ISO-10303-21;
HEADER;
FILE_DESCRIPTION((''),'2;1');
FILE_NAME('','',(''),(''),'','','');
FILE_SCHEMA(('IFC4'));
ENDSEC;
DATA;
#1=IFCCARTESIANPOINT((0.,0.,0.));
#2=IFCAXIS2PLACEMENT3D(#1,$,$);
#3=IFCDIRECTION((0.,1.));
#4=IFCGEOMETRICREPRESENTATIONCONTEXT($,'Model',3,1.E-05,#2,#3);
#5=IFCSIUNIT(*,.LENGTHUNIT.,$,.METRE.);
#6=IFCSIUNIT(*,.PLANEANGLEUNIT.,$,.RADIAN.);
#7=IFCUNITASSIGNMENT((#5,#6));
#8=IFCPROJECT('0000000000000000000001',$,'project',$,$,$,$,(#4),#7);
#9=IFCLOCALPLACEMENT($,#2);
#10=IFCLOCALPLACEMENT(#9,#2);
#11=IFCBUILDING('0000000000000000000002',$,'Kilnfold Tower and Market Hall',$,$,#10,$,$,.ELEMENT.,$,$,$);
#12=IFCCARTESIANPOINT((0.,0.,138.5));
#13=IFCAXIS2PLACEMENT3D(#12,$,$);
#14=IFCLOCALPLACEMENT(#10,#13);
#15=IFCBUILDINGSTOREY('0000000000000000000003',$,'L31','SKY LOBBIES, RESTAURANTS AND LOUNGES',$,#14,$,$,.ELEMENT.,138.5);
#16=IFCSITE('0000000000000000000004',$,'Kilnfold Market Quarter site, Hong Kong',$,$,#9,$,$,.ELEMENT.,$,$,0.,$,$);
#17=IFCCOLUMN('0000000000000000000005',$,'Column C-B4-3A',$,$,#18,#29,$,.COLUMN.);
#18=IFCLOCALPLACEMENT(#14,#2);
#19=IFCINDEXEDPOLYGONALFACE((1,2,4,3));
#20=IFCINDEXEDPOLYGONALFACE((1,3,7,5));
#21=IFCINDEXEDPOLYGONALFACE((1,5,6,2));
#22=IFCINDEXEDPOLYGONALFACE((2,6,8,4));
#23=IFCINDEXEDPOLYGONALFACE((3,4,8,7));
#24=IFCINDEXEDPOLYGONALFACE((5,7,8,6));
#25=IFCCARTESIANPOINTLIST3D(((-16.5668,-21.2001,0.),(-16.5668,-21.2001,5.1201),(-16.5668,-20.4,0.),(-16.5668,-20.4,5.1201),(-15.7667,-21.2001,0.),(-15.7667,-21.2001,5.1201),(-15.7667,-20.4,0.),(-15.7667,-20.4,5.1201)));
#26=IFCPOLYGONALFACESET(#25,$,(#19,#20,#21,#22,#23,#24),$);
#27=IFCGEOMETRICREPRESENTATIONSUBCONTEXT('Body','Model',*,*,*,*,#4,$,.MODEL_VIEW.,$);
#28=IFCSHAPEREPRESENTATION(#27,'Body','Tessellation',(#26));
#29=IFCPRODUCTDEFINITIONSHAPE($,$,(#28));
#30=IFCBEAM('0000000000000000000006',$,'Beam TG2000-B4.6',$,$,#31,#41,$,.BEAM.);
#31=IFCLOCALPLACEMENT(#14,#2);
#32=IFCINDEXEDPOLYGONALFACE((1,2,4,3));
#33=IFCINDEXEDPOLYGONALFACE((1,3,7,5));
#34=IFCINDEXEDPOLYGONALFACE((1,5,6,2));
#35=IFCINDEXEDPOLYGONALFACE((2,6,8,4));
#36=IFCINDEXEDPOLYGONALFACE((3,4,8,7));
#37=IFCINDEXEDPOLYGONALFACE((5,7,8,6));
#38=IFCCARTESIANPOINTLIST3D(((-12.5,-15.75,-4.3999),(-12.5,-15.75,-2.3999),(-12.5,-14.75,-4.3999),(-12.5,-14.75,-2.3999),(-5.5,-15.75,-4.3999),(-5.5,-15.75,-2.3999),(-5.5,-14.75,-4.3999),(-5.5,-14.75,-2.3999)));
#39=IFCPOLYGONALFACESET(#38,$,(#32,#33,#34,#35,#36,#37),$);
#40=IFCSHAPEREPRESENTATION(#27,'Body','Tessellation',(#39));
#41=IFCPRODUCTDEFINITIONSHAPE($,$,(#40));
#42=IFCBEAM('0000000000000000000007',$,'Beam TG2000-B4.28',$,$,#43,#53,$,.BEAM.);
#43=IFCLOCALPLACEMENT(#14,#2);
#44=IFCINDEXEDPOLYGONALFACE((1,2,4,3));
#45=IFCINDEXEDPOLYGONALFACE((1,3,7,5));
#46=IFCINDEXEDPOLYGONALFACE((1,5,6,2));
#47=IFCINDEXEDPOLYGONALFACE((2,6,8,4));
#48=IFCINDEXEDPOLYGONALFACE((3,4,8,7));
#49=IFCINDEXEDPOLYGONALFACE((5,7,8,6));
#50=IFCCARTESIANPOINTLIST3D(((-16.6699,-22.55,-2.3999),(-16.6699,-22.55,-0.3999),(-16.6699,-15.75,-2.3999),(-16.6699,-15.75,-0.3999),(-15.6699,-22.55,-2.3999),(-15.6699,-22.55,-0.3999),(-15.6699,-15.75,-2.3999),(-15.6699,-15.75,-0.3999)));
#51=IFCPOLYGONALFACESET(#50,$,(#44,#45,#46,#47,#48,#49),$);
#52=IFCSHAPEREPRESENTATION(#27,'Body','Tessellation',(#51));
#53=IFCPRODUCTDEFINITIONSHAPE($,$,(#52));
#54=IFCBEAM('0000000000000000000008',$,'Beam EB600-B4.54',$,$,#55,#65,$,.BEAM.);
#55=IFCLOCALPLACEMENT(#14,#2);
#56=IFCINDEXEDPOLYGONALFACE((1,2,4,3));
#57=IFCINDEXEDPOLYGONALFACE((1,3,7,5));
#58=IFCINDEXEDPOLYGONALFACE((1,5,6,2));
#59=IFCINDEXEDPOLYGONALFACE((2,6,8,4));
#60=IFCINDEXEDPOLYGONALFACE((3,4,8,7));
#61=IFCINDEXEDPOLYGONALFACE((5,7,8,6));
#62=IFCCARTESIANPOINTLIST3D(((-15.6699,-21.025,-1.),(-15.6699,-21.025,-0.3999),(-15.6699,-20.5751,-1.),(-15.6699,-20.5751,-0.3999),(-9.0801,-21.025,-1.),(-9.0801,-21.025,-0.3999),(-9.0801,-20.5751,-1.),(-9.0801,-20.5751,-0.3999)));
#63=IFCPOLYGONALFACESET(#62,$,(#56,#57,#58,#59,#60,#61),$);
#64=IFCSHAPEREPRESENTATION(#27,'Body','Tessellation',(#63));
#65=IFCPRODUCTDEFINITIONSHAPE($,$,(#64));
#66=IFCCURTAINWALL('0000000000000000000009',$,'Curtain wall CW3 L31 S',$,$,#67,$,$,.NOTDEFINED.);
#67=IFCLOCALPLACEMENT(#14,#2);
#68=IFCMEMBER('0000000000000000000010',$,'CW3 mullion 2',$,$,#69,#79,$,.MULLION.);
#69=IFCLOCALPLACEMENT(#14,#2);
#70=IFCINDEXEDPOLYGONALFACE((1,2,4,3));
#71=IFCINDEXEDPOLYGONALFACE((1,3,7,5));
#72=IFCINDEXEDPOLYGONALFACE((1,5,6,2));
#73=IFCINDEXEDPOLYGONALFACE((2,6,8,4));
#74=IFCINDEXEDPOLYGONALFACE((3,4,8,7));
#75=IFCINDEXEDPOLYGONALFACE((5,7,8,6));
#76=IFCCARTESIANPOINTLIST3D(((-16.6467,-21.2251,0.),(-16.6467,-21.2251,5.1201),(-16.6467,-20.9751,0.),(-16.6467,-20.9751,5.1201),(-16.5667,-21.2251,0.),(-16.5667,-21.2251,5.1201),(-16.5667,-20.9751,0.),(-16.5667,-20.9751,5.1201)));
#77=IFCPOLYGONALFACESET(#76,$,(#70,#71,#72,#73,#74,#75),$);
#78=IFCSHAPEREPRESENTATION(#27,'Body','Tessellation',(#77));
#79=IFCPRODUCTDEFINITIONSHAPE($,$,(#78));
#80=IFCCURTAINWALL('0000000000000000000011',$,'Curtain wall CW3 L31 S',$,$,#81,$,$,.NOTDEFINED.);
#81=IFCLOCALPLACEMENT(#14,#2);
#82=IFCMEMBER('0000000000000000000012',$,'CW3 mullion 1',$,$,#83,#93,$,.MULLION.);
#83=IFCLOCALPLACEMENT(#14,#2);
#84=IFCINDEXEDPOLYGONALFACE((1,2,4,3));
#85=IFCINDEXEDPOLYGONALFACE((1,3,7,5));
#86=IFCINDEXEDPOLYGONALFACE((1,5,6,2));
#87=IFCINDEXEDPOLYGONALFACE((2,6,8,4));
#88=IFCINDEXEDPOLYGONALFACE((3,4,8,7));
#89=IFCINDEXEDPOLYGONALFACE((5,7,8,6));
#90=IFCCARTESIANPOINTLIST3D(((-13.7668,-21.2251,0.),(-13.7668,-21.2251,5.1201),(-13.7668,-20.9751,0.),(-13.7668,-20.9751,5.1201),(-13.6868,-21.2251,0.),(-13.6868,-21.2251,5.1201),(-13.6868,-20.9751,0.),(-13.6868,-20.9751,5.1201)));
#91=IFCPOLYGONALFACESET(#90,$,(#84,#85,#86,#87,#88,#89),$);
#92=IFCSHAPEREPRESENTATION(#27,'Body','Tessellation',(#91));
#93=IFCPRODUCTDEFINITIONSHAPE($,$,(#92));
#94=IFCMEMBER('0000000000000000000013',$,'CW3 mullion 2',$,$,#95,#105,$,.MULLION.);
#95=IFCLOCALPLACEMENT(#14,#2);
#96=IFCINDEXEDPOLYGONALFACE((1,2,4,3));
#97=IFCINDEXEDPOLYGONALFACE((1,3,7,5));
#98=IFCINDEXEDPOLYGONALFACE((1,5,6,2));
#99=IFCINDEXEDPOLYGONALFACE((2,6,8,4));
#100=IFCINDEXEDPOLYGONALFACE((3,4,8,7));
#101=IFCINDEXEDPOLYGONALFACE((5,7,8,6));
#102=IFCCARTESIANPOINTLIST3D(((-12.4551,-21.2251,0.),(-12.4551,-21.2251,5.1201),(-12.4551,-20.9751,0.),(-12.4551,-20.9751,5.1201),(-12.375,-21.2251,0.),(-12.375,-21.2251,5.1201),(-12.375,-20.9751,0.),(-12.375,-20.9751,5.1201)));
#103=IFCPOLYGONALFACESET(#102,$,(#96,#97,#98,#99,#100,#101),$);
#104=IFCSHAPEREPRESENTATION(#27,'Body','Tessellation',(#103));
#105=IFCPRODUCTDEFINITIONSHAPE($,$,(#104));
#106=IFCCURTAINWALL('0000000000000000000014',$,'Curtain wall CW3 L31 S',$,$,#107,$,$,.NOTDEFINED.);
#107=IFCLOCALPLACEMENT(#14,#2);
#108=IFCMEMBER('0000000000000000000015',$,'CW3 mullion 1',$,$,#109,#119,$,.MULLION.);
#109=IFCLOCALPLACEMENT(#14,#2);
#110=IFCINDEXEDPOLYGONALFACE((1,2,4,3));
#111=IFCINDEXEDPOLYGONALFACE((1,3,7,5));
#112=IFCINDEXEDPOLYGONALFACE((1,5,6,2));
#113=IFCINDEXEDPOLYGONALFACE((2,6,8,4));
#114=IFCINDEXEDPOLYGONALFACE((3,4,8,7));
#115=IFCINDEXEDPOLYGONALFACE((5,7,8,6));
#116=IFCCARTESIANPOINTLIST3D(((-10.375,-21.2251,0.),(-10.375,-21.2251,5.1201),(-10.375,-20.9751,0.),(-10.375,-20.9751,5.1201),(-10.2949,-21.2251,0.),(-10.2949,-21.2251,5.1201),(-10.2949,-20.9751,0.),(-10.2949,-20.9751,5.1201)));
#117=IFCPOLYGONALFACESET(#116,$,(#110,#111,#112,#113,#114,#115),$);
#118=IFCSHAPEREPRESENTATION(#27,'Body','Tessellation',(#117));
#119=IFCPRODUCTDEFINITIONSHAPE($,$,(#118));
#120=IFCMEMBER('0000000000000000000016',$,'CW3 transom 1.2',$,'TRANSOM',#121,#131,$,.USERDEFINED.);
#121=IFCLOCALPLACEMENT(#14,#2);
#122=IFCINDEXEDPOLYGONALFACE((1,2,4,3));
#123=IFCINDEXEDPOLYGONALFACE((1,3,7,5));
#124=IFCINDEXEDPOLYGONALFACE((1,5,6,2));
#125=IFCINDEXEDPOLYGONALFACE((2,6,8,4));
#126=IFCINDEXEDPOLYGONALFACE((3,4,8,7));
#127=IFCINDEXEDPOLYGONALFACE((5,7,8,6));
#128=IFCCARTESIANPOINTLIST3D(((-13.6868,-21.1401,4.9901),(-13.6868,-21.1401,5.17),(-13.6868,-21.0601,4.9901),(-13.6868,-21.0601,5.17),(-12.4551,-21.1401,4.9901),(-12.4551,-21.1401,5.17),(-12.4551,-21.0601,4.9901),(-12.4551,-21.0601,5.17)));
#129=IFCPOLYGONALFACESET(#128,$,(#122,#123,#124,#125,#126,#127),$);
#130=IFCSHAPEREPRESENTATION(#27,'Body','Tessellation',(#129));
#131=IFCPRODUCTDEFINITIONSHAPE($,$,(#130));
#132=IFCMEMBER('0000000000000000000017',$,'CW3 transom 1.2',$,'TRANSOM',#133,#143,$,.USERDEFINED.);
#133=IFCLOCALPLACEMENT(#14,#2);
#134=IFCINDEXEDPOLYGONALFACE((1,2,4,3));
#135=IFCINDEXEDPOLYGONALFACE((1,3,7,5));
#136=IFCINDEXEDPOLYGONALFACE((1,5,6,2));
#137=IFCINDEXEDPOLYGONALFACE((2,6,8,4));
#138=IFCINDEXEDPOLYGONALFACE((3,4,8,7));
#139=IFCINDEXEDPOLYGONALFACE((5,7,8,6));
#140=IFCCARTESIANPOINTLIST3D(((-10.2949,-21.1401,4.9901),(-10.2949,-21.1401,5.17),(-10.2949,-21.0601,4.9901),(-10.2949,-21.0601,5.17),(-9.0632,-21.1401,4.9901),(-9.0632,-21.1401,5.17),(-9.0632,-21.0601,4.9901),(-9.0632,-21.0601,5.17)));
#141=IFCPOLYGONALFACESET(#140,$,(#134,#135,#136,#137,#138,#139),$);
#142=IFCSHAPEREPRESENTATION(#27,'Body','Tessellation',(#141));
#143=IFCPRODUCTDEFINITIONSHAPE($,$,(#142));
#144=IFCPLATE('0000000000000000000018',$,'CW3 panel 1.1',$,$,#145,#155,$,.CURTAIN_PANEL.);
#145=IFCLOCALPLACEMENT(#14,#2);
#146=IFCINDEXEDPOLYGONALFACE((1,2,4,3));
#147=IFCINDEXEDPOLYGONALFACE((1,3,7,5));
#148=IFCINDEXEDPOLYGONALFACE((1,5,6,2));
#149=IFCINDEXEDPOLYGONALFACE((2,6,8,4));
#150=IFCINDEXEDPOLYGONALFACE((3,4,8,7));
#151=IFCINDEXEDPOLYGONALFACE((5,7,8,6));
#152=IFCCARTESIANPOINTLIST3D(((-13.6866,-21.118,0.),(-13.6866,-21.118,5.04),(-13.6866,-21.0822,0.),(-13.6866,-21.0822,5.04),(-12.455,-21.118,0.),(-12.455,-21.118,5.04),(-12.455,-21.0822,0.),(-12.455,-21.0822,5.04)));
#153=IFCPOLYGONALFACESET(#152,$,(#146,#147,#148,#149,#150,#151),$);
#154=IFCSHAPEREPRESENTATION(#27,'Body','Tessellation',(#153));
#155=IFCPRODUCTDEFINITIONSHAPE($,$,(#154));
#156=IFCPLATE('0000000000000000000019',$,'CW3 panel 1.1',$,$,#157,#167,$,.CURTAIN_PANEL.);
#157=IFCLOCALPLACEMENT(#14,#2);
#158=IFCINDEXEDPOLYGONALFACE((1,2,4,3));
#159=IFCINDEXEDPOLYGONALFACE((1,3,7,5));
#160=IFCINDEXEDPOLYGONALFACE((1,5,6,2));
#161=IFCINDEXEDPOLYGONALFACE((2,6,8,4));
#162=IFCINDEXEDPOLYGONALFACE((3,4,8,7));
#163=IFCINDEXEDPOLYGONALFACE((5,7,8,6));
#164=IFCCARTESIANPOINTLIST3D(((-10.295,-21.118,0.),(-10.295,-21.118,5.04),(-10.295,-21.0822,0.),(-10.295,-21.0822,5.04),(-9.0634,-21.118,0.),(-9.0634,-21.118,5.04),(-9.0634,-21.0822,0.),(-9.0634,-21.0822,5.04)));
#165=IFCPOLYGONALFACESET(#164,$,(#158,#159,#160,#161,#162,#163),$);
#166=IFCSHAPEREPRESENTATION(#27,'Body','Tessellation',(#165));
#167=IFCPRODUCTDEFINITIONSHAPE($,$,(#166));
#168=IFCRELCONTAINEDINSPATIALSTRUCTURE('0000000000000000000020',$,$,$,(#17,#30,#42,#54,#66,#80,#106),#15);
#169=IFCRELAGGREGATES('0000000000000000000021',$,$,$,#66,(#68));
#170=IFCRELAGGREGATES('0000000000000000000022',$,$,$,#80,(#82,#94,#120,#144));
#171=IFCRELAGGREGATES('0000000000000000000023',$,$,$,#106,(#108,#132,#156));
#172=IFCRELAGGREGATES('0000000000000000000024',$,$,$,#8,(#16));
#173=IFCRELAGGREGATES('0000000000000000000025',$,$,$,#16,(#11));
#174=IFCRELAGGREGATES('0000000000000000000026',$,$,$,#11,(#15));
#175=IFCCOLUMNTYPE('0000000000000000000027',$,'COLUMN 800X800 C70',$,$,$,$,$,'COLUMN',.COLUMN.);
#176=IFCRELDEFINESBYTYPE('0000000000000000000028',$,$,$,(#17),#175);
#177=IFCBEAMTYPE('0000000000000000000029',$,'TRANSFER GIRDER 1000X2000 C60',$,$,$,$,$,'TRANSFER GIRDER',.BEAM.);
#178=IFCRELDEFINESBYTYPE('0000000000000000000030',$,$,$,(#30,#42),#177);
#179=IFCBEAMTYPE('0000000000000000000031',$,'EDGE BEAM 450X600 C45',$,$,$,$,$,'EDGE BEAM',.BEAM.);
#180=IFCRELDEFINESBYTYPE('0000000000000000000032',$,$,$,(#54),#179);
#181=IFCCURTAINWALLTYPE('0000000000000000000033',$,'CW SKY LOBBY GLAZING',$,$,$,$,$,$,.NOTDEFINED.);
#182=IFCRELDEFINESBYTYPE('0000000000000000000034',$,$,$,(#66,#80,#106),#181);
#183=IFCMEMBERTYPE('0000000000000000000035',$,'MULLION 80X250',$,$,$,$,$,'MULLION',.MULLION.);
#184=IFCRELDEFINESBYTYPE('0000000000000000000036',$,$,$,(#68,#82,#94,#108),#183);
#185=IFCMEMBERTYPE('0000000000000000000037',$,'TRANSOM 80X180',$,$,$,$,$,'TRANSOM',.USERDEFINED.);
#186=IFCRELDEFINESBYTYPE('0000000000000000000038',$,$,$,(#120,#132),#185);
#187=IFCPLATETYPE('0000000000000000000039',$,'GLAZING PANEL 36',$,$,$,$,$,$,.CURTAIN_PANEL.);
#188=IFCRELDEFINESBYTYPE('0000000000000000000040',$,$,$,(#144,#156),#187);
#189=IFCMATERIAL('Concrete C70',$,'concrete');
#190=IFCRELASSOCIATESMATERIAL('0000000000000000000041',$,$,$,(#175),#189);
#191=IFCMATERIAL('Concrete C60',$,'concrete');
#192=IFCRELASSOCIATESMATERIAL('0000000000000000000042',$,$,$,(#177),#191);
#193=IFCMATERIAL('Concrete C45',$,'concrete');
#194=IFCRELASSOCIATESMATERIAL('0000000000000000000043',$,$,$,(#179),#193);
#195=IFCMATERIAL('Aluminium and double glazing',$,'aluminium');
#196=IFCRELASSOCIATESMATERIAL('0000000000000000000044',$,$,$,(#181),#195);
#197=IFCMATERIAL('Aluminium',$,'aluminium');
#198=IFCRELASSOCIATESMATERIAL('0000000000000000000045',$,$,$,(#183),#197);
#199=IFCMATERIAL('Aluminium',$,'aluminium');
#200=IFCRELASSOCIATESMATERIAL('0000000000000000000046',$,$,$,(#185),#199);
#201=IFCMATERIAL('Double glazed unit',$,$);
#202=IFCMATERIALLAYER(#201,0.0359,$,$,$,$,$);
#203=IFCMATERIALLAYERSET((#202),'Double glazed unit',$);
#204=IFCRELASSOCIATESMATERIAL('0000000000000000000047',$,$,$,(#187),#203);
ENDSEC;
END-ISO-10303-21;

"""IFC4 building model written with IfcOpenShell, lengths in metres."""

from ifc_helpers import new_model, si_unit, direction, frame, origin, origin_2d, place, context, subcontext, project, spatial, rectangle, extrude, source, transform, mapped, material, layer, layer_set, material_profile, profile_set, type_object, element, aggregate, save


model = new_model("IFC4")

# Units and contexts
model_context = context("Model", 3, precision=1e-05, world=origin(), true_north=direction((0.0, 1.0)))
body_context = subcontext(model_context, "Body", "Model", "MODEL_VIEW")
ifc_project = project(units=[si_unit("LENGTHUNIT", "METRE"), si_unit("PLANEANGLEUNIT", "RADIAN")], contexts=[model_context])

# Site, building, storey
site_placement = place(None, origin())
site = spatial("IfcSite", under=ifc_project, at=site_placement, Name="Kilnfold Market Quarter site, Hong Kong", CompositionType="ELEMENT", RefElevation=0.0)
building_placement = place(site_placement, origin())
building = spatial("IfcBuilding", under=site, at=building_placement, Name="Kilnfold Tower and Market Hall", CompositionType="ELEMENT")
storey_placement = place(building_placement, frame((0.0, 0.0, 138.5)))
storey = spatial("IfcBuildingStorey", under=building, at=storey_placement, Name="L31", Description="SKY LOBBIES, RESTAURANTS AND LOUNGES", CompositionType="ELEMENT", Elevation=138.5)

# Column
ifc_material_1 = material(Name="Concrete C70", Category="concrete")
ifc_material_profile_1 = material_profile(ifc_material_1, rectangle(XDim=0.8, YDim=0.8, at=origin_2d()), Name="RC 800x800")
ifc_profile_set_1 = profile_set([ifc_material_profile_1], Name="Concrete C70")
column_type = type_object("IfcColumnType", Name="COLUMN 800X800 C70", ElementType="COLUMN", PredefinedType="COLUMN", material=ifc_profile_set_1)
shared_shape_1 = source(origin(), body_context, "Body", "SweptSolid", [
    extrude(rectangle(XDim=0.8, YDim=0.8, at=origin_2d()), origin(), (0.0, 0.0, 1.0), 5.1201),
])
column_placement = place(storey_placement, frame((-16.1667, -20.8, 0.0), z_axis=(0.0, 0.0, 1.0), x_axis=(1.0, 0.0, 0.0)))
element("IfcColumn", 1, at=column_placement, inside=storey, type_object=column_type, Name="Column C-B4-3A", PredefinedType="COLUMN", context=body_context, shape_type="MappedRepresentation", body=[
    mapped(shared_shape_1, transform((0.0, 0.0, 0.0))),
])

# Beams
ifc_material_2 = material(Name="Concrete C60", Category="concrete")
ifc_material_profile_2 = material_profile(ifc_material_2, rectangle(XDim=1.0, YDim=2.0, at=origin_2d()), Name="RC 1000x2000")
ifc_profile_set_2 = profile_set([ifc_material_profile_2], Name="Concrete C60")
beam_type_1 = type_object("IfcBeamType", Name="TRANSFER GIRDER 1000X2000 C60", ElementType="TRANSFER GIRDER", PredefinedType="BEAM", material=ifc_profile_set_2)
shared_shape_2 = source(origin(), body_context, "Body", "SweptSolid", [
    extrude(rectangle(XDim=1.0, YDim=2.0, at=origin_2d()), origin(), (0.0, 0.0, 1.0), 7.0),
])
beam_1_placement = place(storey_placement, frame((-12.5, -15.25, -3.3999), z_axis=(1.0, 0.0, 0.0), x_axis=(0.0, 1.0, 0.0)))
element("IfcBeam", 2, at=beam_1_placement, inside=storey, type_object=beam_type_1, Name="Beam TG2000-B4.6", PredefinedType="BEAM", context=body_context, shape_type="MappedRepresentation", body=[
    mapped(shared_shape_2, transform((0.0, 0.0, 0.0))),
])
shared_shape_3 = source(origin(), body_context, "Body", "SweptSolid", [
    extrude(rectangle(XDim=1.0, YDim=2.0, at=origin_2d()), origin(), (0.0, 0.0, 1.0), 6.8),
])
beam_2_placement = place(storey_placement, frame((-16.1699, -22.55, -1.3999), z_axis=(0.0, 1.0, 0.0), x_axis=(-1.0, 0.0, 0.0)))
element("IfcBeam", 3, at=beam_2_placement, inside=storey, type_object=beam_type_1, Name="Beam TG2000-B4.28", PredefinedType="BEAM", context=body_context, shape_type="MappedRepresentation", body=[
    mapped(shared_shape_3, transform((0.0, 0.0, 0.0))),
])
ifc_material_3 = material(Name="Concrete C45", Category="concrete")
ifc_material_profile_3 = material_profile(ifc_material_3, rectangle(XDim=0.45, YDim=0.6001, at=origin_2d()), Name="RC 450x600")
ifc_profile_set_3 = profile_set([ifc_material_profile_3], Name="Concrete C45")
beam_type_2 = type_object("IfcBeamType", Name="EDGE BEAM 450X600 C45", ElementType="EDGE BEAM", PredefinedType="BEAM", material=ifc_profile_set_3)
shared_shape_4 = source(origin(), body_context, "Body", "SweptSolid", [
    extrude(rectangle(XDim=0.45, YDim=0.6001, at=origin_2d()), origin(), (0.0, 0.0, 1.0), 6.5898),
])
beam_3_placement = place(storey_placement, frame((-15.6699, -20.8, -0.7), z_axis=(1.0, 0.0, 0.0), x_axis=(0.0, 1.0, 0.0)))
element("IfcBeam", 4, at=beam_3_placement, inside=storey, type_object=beam_type_2, Name="Beam EB600-B4.54", PredefinedType="BEAM", context=body_context, shape_type="MappedRepresentation", body=[
    mapped(shared_shape_4, transform((0.0, 0.0, 0.0))),
])

# Curtain wall, member
ifc_material_4 = material(Name="Aluminium and double glazing", Category="aluminium")
curtain_wall_type = type_object("IfcCurtainWallType", Name="CW SKY LOBBY GLAZING", PredefinedType="NOTDEFINED", material=ifc_material_4)
curtain_wall_1_placement = place(storey_placement, origin())
curtain_wall_1 = element("IfcCurtainWall", 5, at=curtain_wall_1_placement, inside=storey, type_object=curtain_wall_type, Name="Curtain wall CW3 L31 S", PredefinedType="NOTDEFINED")
ifc_material_5 = material(Name="Aluminium", Category="aluminium")
ifc_material_profile_4 = material_profile(ifc_material_5, rectangle(XDim=0.0801, YDim=0.25, at=origin_2d()), Name="MULLION 80x250")
ifc_profile_set_4 = profile_set([ifc_material_profile_4], Name="Aluminium")
member_type_1 = type_object("IfcMemberType", Name="MULLION 80X250", ElementType="MULLION", PredefinedType="MULLION", material=ifc_profile_set_4)
shared_shape_5 = source(origin(), body_context, "Body", "SweptSolid", [
    extrude(rectangle(XDim=0.0801, YDim=0.25, at=origin_2d()), origin(), (0.0, 0.0, 1.0), 5.1201),
])
member_1_placement = place(storey_placement, frame((-16.6067, -21.1001, 0.0), z_axis=(0.0, 0.0, 1.0), x_axis=(1.0, 0.0, 0.0)))
member_1 = element("IfcMember", 6, at=member_1_placement, type_object=member_type_1, Name="CW3 mullion 2", PredefinedType="MULLION", context=body_context, shape_type="MappedRepresentation", body=[
    mapped(shared_shape_5, transform((0.0, 0.0, 0.0))),
])
aggregate(curtain_wall_1, [member_1])

# Curtain wall, members
curtain_wall_2_placement = place(storey_placement, origin())
curtain_wall_2 = element("IfcCurtainWall", 7, at=curtain_wall_2_placement, inside=storey, type_object=curtain_wall_type, Name="Curtain wall CW3 L31 S", PredefinedType="NOTDEFINED")
member_2_placement = place(storey_placement, frame((-13.7268, -21.1001, 0.0), z_axis=(0.0, 0.0, 1.0), x_axis=(1.0, 0.0, 0.0)))
member_2 = element("IfcMember", 8, at=member_2_placement, type_object=member_type_1, Name="CW3 mullion 1", PredefinedType="MULLION", context=body_context, shape_type="MappedRepresentation", body=[
    mapped(shared_shape_5, transform((0.0, 0.0, 0.0))),
])
member_3_placement = place(storey_placement, frame((-12.415, -21.1001, 0.0), z_axis=(0.0, 0.0, 1.0), x_axis=(1.0, 0.0, 0.0)))
member_3 = element("IfcMember", 9, at=member_3_placement, type_object=member_type_1, Name="CW3 mullion 2", PredefinedType="MULLION", context=body_context, shape_type="MappedRepresentation", body=[
    mapped(shared_shape_5, transform((0.0, 0.0, 0.0))),
])

# Curtain wall, member
curtain_wall_3_placement = place(storey_placement, origin())
curtain_wall_3 = element("IfcCurtainWall", 10, at=curtain_wall_3_placement, inside=storey, type_object=curtain_wall_type, Name="Curtain wall CW3 L31 S", PredefinedType="NOTDEFINED")
member_4_placement = place(storey_placement, frame((-10.335, -21.1001, 0.0), z_axis=(0.0, 0.0, 1.0), x_axis=(1.0, 0.0, 0.0)))
member_4 = element("IfcMember", 11, at=member_4_placement, type_object=member_type_1, Name="CW3 mullion 1", PredefinedType="MULLION", context=body_context, shape_type="MappedRepresentation", body=[
    mapped(shared_shape_5, transform((0.0, 0.0, 0.0))),
])

# Members
ifc_material_6 = material(Name="Aluminium", Category="aluminium")
ifc_material_profile_5 = material_profile(ifc_material_6, rectangle(XDim=0.0801, YDim=0.1799, at=origin_2d()), Name="TRANSOM 80x180")
ifc_profile_set_5 = profile_set([ifc_material_profile_5], Name="Aluminium")
member_type_2 = type_object("IfcMemberType", Name="TRANSOM 80X180", ElementType="TRANSOM", PredefinedType="USERDEFINED", material=ifc_profile_set_5)
shared_shape_6 = source(origin(), body_context, "Body", "SweptSolid", [
    extrude(rectangle(XDim=0.0801, YDim=0.1799, at=origin_2d()), origin(), (0.0, 0.0, 1.0), 1.2317),
])
member_5_placement = place(storey_placement, frame((-13.6868, -21.1001, 5.0801), z_axis=(1.0, 0.0, 0.0), x_axis=(0.0, 1.0, 0.0)))
member_5 = element("IfcMember", 12, at=member_5_placement, type_object=member_type_2, Name="CW3 transom 1.2", ObjectType="TRANSOM", PredefinedType="USERDEFINED", context=body_context, shape_type="MappedRepresentation", body=[
    mapped(shared_shape_6, transform((0.0, 0.0, 0.0))),
])
member_6_placement = place(storey_placement, frame((-10.2949, -21.1001, 5.0801), z_axis=(1.0, 0.0, 0.0), x_axis=(0.0, 1.0, 0.0)))
member_6 = element("IfcMember", 13, at=member_6_placement, type_object=member_type_2, Name="CW3 transom 1.2", ObjectType="TRANSOM", PredefinedType="USERDEFINED", context=body_context, shape_type="MappedRepresentation", body=[
    mapped(shared_shape_6, transform((0.0, 0.0, 0.0))),
])

# Plates
ifc_material_7 = material(Name="Double glazed unit")
ifc_layer_1 = layer(ifc_material_7, 0.0359)
ifc_layer_set_1 = layer_set([ifc_layer_1], Name="Double glazed unit")
plate_type = type_object("IfcPlateType", Name="GLAZING PANEL 36", PredefinedType="CURTAIN_PANEL", material=ifc_layer_set_1)
shared_shape_7 = source(origin(), body_context, "Body", "SweptSolid", [
    extrude(rectangle(XDim=1.2317, YDim=0.0359, at=origin_2d()), origin(), (0.0, 0.0, 1.0), 5.04),
])
plate_1_placement = place(storey_placement, frame((-13.0708, -21.1001, 0.0), z_axis=(0.0, 0.0, 1.0), x_axis=(1.0, 0.0, 0.0)))
plate_1 = element("IfcPlate", 14, at=plate_1_placement, type_object=plate_type, Name="CW3 panel 1.1", PredefinedType="CURTAIN_PANEL", context=body_context, shape_type="MappedRepresentation", body=[
    mapped(shared_shape_7, transform((0.0, 0.0, 0.0))),
])
aggregate(curtain_wall_2, [member_2, member_3, member_5, plate_1])
plate_2_placement = place(storey_placement, frame((-9.6792, -21.1001, 0.0), z_axis=(0.0, 0.0, 1.0), x_axis=(1.0, 0.0, 0.0)))
plate_2 = element("IfcPlate", 15, at=plate_2_placement, type_object=plate_type, Name="CW3 panel 1.1", PredefinedType="CURTAIN_PANEL", context=body_context, shape_type="MappedRepresentation", body=[
    mapped(shared_shape_7, transform((0.0, 0.0, 0.0))),
])
aggregate(curtain_wall_3, [member_4, member_6, plate_2])

save(model, "model.ifc")
